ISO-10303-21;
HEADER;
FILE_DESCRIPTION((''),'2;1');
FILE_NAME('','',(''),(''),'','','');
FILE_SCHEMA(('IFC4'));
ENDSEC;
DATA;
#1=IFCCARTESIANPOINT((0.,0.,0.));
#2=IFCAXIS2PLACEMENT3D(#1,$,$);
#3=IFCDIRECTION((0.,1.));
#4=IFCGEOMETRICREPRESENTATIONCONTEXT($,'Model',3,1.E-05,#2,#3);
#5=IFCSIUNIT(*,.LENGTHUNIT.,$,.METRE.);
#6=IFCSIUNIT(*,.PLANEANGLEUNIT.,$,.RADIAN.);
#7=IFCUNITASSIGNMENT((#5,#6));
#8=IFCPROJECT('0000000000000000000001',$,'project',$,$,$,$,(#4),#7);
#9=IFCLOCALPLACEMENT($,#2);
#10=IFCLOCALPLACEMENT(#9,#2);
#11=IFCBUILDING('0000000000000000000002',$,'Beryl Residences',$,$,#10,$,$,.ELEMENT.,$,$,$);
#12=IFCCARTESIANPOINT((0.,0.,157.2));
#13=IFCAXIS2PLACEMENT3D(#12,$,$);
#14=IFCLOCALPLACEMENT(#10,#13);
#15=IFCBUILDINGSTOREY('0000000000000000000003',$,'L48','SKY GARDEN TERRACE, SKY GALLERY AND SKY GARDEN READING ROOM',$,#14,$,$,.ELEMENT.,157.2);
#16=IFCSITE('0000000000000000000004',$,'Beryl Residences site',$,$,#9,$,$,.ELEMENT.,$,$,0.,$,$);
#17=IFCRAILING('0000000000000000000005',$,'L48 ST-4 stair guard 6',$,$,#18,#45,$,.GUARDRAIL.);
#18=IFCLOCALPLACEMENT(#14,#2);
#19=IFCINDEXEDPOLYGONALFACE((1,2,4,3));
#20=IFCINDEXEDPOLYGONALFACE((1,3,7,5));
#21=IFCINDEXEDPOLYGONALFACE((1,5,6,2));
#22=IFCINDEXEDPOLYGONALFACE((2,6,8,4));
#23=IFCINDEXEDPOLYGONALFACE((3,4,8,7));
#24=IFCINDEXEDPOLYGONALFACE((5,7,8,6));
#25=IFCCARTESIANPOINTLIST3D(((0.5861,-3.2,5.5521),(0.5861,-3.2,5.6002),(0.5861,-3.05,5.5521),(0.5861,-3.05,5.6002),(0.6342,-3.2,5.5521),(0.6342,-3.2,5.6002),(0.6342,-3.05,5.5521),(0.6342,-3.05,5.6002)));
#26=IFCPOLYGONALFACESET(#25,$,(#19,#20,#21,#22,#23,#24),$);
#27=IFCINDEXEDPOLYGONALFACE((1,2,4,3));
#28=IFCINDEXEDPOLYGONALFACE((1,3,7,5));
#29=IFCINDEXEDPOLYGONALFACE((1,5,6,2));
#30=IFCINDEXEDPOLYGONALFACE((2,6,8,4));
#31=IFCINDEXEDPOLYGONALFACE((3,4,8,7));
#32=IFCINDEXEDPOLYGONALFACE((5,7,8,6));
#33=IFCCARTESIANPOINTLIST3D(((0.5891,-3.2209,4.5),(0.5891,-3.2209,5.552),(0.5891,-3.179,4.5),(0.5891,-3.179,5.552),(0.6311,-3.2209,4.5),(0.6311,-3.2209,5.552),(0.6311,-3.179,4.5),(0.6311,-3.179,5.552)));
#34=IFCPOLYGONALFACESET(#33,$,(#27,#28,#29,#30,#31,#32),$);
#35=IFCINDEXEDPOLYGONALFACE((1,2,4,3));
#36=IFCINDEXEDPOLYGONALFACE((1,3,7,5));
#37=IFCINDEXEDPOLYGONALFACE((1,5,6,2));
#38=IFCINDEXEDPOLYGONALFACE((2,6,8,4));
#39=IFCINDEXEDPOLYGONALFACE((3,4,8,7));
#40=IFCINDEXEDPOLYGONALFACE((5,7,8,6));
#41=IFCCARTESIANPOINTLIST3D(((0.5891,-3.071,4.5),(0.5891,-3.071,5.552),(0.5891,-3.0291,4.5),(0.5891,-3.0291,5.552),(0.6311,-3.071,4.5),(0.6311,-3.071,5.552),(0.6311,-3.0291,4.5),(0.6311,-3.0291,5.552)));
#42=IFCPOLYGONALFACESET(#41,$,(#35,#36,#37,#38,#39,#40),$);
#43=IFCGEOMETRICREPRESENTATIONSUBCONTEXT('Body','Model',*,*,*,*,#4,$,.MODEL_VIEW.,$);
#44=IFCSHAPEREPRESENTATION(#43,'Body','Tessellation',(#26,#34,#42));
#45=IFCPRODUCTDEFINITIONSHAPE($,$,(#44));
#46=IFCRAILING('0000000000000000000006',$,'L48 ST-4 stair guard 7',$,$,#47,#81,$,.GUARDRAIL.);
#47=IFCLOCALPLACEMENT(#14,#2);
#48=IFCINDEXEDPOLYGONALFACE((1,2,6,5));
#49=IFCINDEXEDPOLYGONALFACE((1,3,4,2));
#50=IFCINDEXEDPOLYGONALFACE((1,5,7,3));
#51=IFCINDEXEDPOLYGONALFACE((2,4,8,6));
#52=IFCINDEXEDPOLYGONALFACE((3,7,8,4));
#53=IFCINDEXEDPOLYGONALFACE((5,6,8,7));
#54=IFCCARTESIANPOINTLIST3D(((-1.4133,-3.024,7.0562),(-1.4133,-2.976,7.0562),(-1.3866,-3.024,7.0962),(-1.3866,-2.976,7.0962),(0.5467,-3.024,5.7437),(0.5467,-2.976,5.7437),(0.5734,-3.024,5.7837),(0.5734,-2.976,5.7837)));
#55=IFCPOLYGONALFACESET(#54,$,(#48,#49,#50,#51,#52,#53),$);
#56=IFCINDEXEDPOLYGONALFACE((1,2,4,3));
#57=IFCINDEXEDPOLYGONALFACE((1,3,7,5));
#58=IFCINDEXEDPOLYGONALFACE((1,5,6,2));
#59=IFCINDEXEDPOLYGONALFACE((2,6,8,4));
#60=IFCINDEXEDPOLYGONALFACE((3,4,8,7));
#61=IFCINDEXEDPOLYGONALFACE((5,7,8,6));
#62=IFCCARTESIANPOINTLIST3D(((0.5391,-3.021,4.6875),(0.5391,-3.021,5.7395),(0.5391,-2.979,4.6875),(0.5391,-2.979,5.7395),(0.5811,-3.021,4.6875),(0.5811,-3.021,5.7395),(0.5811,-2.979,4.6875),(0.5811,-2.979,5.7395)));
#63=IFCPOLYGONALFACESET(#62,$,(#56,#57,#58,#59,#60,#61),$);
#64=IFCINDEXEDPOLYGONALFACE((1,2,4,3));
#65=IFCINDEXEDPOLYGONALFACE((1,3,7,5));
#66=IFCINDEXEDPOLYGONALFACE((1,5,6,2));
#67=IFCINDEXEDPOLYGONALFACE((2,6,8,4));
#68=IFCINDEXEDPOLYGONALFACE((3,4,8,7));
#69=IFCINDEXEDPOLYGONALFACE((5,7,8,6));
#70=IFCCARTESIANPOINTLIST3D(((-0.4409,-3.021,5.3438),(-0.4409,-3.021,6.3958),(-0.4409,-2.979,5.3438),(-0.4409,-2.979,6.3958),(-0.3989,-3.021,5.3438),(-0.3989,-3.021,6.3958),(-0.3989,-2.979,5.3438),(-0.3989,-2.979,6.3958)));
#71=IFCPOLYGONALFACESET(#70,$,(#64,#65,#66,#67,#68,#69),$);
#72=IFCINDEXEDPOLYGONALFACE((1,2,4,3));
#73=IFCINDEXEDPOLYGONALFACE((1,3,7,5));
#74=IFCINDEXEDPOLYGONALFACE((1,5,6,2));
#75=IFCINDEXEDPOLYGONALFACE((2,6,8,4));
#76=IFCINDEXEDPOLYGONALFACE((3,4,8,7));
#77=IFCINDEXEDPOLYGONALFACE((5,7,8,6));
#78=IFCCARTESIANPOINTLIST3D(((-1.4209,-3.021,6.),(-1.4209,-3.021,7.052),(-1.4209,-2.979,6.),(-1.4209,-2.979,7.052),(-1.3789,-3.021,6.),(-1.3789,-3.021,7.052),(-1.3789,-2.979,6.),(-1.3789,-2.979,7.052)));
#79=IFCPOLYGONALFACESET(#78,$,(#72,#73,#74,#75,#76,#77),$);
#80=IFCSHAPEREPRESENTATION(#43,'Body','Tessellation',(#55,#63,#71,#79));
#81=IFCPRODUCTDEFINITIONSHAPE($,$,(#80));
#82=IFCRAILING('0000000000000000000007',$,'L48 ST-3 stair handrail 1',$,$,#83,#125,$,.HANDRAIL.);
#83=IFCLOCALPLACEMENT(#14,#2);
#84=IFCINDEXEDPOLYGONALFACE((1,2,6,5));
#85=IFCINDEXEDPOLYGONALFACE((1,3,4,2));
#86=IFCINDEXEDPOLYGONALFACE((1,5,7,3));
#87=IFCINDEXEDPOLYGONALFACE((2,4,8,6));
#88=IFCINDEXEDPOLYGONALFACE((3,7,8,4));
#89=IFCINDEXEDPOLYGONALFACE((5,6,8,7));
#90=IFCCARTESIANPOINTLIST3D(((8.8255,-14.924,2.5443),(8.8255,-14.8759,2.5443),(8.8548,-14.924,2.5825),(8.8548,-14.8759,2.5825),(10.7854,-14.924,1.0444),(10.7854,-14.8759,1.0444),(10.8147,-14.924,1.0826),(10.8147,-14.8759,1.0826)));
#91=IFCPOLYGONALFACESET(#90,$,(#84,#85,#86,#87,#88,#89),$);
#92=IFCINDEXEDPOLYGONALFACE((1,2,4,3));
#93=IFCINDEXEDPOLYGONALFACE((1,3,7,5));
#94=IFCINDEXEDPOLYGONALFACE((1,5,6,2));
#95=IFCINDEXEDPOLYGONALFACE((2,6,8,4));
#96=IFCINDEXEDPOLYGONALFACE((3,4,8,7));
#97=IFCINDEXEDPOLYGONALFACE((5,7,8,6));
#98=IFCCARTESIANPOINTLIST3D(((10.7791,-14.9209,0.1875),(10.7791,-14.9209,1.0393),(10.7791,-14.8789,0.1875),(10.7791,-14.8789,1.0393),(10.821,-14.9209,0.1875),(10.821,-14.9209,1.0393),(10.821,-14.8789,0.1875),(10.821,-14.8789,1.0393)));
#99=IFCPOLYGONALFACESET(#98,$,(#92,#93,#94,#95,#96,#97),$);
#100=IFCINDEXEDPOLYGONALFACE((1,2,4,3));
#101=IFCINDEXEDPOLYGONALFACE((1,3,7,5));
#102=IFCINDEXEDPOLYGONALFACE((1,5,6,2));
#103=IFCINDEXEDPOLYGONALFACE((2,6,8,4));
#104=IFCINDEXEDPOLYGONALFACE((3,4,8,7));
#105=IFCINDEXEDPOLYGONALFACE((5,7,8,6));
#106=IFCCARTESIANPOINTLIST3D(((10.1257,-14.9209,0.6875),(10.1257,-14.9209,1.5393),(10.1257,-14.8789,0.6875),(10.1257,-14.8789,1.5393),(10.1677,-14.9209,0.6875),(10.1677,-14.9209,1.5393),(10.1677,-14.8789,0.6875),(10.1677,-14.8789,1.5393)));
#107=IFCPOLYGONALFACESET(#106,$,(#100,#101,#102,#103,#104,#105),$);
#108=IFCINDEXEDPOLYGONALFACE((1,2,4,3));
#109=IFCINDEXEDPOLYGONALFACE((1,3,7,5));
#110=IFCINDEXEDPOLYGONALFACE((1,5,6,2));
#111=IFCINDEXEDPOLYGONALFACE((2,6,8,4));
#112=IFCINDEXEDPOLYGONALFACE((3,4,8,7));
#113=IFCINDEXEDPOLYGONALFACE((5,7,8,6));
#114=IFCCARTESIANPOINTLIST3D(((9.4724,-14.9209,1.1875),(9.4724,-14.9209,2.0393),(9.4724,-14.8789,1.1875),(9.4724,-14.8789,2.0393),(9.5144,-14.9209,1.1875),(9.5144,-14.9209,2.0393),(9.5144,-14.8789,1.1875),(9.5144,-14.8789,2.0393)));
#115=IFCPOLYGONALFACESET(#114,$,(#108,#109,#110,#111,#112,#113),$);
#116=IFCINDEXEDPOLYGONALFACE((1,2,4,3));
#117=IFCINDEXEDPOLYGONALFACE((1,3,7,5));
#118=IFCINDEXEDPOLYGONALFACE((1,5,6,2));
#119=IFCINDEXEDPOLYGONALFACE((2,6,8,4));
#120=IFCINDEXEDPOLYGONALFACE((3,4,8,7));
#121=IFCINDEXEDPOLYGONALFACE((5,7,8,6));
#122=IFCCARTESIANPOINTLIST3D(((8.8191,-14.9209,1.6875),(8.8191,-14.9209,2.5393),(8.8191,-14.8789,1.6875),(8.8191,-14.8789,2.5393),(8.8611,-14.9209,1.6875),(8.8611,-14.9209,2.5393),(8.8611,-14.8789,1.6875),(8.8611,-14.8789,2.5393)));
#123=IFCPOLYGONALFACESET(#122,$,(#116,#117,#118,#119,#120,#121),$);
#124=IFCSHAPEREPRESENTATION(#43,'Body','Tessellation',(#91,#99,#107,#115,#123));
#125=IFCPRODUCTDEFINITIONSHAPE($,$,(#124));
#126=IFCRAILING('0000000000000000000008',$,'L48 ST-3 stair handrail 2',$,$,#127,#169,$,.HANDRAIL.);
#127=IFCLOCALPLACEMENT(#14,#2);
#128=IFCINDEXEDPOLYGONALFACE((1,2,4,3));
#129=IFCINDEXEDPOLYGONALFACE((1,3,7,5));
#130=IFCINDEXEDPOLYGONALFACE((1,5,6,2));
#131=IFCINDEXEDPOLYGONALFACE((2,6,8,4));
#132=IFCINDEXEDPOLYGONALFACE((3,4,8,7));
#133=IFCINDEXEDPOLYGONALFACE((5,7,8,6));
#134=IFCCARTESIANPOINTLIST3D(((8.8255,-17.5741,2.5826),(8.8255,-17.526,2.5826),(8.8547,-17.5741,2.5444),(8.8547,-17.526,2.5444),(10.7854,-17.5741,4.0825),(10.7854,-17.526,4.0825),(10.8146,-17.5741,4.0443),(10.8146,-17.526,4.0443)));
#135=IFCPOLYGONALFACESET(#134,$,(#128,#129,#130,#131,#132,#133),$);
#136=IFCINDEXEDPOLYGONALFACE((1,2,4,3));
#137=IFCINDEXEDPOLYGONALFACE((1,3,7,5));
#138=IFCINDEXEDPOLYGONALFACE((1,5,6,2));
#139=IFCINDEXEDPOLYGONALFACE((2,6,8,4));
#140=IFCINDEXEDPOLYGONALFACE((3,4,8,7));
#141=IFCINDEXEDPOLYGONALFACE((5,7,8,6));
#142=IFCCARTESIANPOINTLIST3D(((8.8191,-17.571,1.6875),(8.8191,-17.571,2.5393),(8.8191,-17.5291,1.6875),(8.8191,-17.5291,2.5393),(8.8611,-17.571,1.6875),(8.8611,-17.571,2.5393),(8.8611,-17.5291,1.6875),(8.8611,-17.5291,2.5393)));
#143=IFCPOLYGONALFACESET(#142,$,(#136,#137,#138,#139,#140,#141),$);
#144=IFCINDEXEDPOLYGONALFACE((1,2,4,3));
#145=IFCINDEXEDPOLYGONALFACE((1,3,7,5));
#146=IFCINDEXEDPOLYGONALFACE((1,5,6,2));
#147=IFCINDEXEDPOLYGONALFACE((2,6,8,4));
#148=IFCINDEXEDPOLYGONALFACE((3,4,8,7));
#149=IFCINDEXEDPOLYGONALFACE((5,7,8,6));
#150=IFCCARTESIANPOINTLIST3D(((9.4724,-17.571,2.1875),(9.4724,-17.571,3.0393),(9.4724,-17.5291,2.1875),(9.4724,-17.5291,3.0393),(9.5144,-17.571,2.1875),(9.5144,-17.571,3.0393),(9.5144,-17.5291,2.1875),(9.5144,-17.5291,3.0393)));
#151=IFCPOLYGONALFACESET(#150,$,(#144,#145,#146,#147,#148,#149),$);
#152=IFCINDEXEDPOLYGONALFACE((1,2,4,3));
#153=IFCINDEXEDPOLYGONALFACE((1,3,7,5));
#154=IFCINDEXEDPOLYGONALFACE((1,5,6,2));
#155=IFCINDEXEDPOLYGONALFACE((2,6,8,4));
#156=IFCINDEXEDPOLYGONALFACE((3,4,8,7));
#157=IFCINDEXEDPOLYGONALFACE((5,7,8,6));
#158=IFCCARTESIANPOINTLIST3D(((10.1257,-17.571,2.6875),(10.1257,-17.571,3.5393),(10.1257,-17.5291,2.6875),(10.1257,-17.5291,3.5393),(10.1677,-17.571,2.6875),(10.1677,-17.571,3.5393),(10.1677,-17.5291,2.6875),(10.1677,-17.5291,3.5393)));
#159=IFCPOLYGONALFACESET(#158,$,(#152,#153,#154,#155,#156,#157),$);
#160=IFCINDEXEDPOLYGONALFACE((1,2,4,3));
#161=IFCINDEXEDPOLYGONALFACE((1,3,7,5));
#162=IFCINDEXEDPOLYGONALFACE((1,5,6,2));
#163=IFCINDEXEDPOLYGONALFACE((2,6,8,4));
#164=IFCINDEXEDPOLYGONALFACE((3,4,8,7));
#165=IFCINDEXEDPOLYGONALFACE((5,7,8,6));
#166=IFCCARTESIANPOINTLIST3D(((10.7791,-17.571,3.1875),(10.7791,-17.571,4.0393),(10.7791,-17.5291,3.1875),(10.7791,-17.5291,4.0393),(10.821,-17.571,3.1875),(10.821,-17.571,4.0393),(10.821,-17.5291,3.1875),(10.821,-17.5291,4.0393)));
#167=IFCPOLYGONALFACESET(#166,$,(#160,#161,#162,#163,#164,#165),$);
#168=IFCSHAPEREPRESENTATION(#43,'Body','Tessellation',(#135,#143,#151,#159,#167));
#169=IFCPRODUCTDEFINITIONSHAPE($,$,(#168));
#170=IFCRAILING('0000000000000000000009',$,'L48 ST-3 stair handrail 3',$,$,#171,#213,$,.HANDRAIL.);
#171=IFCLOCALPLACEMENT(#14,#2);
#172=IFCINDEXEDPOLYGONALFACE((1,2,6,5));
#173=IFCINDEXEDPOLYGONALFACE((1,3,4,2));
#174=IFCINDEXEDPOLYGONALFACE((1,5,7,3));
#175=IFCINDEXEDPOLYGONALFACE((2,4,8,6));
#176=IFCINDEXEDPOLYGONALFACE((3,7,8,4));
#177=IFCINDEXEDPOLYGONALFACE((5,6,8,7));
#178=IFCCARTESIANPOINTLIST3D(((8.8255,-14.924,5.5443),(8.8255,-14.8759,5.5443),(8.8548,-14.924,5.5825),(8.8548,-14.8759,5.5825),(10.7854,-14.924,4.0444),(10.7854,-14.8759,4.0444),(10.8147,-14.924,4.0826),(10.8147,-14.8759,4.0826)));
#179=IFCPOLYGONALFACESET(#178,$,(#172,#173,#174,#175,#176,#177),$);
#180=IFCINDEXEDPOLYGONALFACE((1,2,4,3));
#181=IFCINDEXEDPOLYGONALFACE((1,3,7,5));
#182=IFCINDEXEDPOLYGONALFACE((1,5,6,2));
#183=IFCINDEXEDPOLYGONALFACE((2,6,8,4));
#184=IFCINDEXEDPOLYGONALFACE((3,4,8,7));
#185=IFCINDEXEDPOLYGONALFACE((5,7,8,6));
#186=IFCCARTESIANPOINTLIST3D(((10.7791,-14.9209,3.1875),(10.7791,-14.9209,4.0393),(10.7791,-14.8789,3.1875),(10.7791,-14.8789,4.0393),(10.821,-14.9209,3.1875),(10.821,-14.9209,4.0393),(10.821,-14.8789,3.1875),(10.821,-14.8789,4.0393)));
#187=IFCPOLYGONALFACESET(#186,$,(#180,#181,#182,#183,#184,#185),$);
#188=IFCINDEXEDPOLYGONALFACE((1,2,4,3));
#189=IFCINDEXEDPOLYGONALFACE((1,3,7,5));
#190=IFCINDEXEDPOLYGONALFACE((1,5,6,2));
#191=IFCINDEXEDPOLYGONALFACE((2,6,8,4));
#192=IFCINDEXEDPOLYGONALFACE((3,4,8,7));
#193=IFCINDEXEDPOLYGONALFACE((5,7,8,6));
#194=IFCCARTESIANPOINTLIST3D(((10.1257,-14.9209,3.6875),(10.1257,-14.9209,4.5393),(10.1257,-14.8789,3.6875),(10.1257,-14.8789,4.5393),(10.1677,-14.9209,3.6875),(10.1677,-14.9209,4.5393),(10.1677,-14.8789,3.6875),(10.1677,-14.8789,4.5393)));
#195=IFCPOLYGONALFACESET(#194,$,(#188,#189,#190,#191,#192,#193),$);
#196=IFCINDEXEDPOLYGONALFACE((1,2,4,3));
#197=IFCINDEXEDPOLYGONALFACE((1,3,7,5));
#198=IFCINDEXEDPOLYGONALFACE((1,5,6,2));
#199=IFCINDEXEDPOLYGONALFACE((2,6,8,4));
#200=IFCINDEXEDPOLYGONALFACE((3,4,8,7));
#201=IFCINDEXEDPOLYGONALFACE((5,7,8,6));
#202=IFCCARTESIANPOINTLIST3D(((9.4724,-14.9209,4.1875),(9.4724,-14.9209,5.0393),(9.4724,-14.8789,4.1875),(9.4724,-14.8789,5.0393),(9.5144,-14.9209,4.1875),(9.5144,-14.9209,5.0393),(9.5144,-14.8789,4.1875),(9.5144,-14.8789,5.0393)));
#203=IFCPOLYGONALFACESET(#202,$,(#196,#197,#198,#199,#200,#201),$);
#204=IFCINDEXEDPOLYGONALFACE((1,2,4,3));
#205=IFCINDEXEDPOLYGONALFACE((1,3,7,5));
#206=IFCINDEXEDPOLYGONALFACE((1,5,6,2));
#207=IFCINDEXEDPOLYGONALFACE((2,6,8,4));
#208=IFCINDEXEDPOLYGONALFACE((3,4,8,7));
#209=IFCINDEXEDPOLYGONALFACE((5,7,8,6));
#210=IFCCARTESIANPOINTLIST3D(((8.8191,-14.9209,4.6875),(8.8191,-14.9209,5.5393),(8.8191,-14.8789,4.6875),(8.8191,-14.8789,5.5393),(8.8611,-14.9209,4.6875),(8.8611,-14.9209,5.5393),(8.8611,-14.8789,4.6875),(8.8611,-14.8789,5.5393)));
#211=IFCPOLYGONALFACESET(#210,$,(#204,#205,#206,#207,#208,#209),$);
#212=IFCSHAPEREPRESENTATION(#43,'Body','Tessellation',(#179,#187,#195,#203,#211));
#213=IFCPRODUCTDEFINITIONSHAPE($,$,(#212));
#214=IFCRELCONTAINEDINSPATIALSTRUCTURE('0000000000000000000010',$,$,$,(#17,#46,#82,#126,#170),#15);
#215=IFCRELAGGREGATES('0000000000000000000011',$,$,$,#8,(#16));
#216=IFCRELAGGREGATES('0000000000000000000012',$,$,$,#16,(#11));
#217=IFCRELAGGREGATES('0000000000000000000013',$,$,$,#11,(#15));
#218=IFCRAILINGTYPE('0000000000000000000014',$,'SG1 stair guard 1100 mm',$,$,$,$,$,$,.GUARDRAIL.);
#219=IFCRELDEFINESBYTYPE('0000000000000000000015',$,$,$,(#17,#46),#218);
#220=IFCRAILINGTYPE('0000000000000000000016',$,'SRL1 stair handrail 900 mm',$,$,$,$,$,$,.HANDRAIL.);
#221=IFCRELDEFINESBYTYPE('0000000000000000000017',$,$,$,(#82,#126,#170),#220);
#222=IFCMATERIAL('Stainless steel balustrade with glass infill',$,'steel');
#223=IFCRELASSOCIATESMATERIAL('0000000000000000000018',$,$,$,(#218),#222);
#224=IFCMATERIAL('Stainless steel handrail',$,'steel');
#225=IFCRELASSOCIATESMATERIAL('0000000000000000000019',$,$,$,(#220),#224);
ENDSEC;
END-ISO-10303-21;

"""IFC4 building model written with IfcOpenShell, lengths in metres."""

from ifc_helpers import new_model, si_unit, direction, frame, origin, origin_2d, place, context, subcontext, project, spatial, rectangle, extrude, material, type_object, element, save


model = new_model("IFC4")

# Units and contexts
model_context = context("Model", 3, precision=1e-05, world=origin(), true_north=direction((0.0, 1.0)))
body_context = subcontext(model_context, "Body", "Model", "MODEL_VIEW")
ifc_project = project(units=[si_unit("LENGTHUNIT", "METRE"), si_unit("PLANEANGLEUNIT", "RADIAN")], contexts=[model_context])

# Site, building, storey
site_placement = place(None, origin())
site = spatial("IfcSite", under=ifc_project, at=site_placement, Name="Beryl Residences site", CompositionType="ELEMENT", RefElevation=0.0)
building_placement = place(site_placement, origin())
building = spatial("IfcBuilding", under=site, at=building_placement, Name="Beryl Residences", CompositionType="ELEMENT")
storey_placement = place(building_placement, frame((0.0, 0.0, 157.2)))
storey = spatial("IfcBuildingStorey", under=building, at=storey_placement, Name="L48", Description="SKY GARDEN TERRACE, SKY GALLERY AND SKY GARDEN READING ROOM", CompositionType="ELEMENT", Elevation=157.2)

# Railings
ifc_material_1 = material(Name="Stainless steel balustrade with glass infill", Category="steel")
railing_type_1 = type_object("IfcRailingType", Name="SG1 stair guard 1100 mm", PredefinedType="GUARDRAIL", material=ifc_material_1)
railing_1_placement = place(storey_placement, frame((0.6101, -3.2, 4.5)))
element("IfcRailing", 1, at=railing_1_placement, inside=storey, type_object=railing_type_1, Name="L48 ST-4 stair guard 6", PredefinedType="GUARDRAIL", context=body_context, shape_type="SweptSolid", body=[
    extrude(rectangle(XDim=0.0481, YDim=0.0481, at=origin_2d()), frame((0.0, 0.0, 1.0762), z_axis=(0.0, 1.0, 0.0), x_axis=(-1.0, 0.0, 0.0)), (0.0, 0.0, 1.0), 0.1499),
    extrude(rectangle(XDim=0.042, YDim=0.042, at=origin_2d()), origin(), (0.0, 0.0, 1.0), 1.052),
    extrude(rectangle(XDim=0.042, YDim=0.042, at=origin_2d()), frame((0.0, 0.1499, 0.0)), (0.0, 0.0, 1.0), 1.052),
])
railing_2_placement = place(storey_placement, frame((0.5601, -3.0, 4.6875)))
element("IfcRailing", 2, at=railing_2_placement, inside=storey, type_object=railing_type_1, Name="L48 ST-4 stair guard 7", PredefinedType="GUARDRAIL", context=body_context, shape_type="SweptSolid", body=[
    extrude(rectangle(XDim=0.0481, YDim=0.0481, at=origin_2d()), frame((0.0, 0.0, 1.0762), z_axis=(-0.830902, 0.0, 0.556419), x_axis=(0.0, -1.0, 0.0)), (0.0, 0.0, 1.0), 2.3589),
    extrude(rectangle(XDim=0.042, YDim=0.042, at=origin_2d()), origin(), (0.0, 0.0, 1.0), 1.052),
    extrude(rectangle(XDim=0.042, YDim=0.042, at=origin_2d()), frame((-0.98, 0.0, 0.6562)), (0.0, 0.0, 1.0), 1.052),
    extrude(rectangle(XDim=0.042, YDim=0.042, at=origin_2d()), frame((-1.96, 0.0, 1.3125)), (0.0, 0.0, 1.0), 1.052),
])
ifc_material_2 = material(Name="Stainless steel handrail", Category="steel")
railing_type_2 = type_object("IfcRailingType", Name="SRL1 stair handrail 900 mm", PredefinedType="HANDRAIL", material=ifc_material_2)
railing_3_placement = place(storey_placement, frame((10.8, -14.8999, 0.1875)))
element("IfcRailing", 3, at=railing_3_placement, inside=storey, type_object=railing_type_2, Name="L48 ST-3 stair handrail 1", PredefinedType="HANDRAIL", context=body_context, shape_type="SweptSolid", body=[
    extrude(rectangle(XDim=0.0481, YDim=0.0481, at=origin_2d()), frame((0.0, 0.0, 0.876), z_axis=(-0.794122, 0.0, 0.607758), x_axis=(0.0, -1.0, 0.0)), (0.0, 0.0, 1.0), 2.468),
    extrude(rectangle(XDim=0.042, YDim=0.042, at=origin_2d()), origin(), (0.0, 0.0, 1.0), 0.8518),
    extrude(rectangle(XDim=0.042, YDim=0.042, at=origin_2d()), frame((-0.6533, 0.0, 0.5)), (0.0, 0.0, 1.0), 0.8518),
    extrude(rectangle(XDim=0.042, YDim=0.042, at=origin_2d()), frame((-1.3066, 0.0, 1.0)), (0.0, 0.0, 1.0), 0.8518),
    extrude(rectangle(XDim=0.042, YDim=0.042, at=origin_2d()), frame((-1.96, 0.0, 1.5)), (0.0, 0.0, 1.0), 0.8518),
])
railing_4_placement = place(storey_placement, frame((8.8401, -17.55, 1.6875)))
element("IfcRailing", 4, at=railing_4_placement, inside=storey, type_object=railing_type_2, Name="L48 ST-3 stair handrail 2", PredefinedType="HANDRAIL", context=body_context, shape_type="SweptSolid", body=[
    extrude(rectangle(XDim=0.0481, YDim=0.0481, at=origin_2d()), frame((0.0, 0.0, 0.876), z_axis=(0.794122, 0.0, 0.607758), x_axis=(0.0, 1.0, 0.0)), (0.0, 0.0, 1.0), 2.468),
    extrude(rectangle(XDim=0.042, YDim=0.042, at=origin_2d()), origin(), (0.0, 0.0, 1.0), 0.8518),
    extrude(rectangle(XDim=0.042, YDim=0.042, at=origin_2d()), frame((0.6533, 0.0, 0.5)), (0.0, 0.0, 1.0), 0.8518),
    extrude(rectangle(XDim=0.042, YDim=0.042, at=origin_2d()), frame((1.3066, 0.0, 1.0)), (0.0, 0.0, 1.0), 0.8518),
    extrude(rectangle(XDim=0.042, YDim=0.042, at=origin_2d()), frame((1.96, 0.0, 1.5)), (0.0, 0.0, 1.0), 0.8518),
])
railing_5_placement = place(storey_placement, frame((10.8, -14.8999, 3.1875)))
element("IfcRailing", 5, at=railing_5_placement, inside=storey, type_object=railing_type_2, Name="L48 ST-3 stair handrail 3", PredefinedType="HANDRAIL", context=body_context, shape_type="SweptSolid", body=[
    extrude(rectangle(XDim=0.0481, YDim=0.0481, at=origin_2d()), frame((0.0, 0.0, 0.876), z_axis=(-0.794122, 0.0, 0.607758), x_axis=(0.0, -1.0, 0.0)), (0.0, 0.0, 1.0), 2.468),
    extrude(rectangle(XDim=0.042, YDim=0.042, at=origin_2d()), origin(), (0.0, 0.0, 1.0), 0.8518),
    extrude(rectangle(XDim=0.042, YDim=0.042, at=origin_2d()), frame((-0.6533, 0.0, 0.5)), (0.0, 0.0, 1.0), 0.8518),
    extrude(rectangle(XDim=0.042, YDim=0.042, at=origin_2d()), frame((-1.3066, 0.0, 1.0)), (0.0, 0.0, 1.0), 0.8518),
    extrude(rectangle(XDim=0.042, YDim=0.042, at=origin_2d()), frame((-1.96, 0.0, 1.5)), (0.0, 0.0, 1.0), 0.8518),
])

save(model, "model.ifc")
